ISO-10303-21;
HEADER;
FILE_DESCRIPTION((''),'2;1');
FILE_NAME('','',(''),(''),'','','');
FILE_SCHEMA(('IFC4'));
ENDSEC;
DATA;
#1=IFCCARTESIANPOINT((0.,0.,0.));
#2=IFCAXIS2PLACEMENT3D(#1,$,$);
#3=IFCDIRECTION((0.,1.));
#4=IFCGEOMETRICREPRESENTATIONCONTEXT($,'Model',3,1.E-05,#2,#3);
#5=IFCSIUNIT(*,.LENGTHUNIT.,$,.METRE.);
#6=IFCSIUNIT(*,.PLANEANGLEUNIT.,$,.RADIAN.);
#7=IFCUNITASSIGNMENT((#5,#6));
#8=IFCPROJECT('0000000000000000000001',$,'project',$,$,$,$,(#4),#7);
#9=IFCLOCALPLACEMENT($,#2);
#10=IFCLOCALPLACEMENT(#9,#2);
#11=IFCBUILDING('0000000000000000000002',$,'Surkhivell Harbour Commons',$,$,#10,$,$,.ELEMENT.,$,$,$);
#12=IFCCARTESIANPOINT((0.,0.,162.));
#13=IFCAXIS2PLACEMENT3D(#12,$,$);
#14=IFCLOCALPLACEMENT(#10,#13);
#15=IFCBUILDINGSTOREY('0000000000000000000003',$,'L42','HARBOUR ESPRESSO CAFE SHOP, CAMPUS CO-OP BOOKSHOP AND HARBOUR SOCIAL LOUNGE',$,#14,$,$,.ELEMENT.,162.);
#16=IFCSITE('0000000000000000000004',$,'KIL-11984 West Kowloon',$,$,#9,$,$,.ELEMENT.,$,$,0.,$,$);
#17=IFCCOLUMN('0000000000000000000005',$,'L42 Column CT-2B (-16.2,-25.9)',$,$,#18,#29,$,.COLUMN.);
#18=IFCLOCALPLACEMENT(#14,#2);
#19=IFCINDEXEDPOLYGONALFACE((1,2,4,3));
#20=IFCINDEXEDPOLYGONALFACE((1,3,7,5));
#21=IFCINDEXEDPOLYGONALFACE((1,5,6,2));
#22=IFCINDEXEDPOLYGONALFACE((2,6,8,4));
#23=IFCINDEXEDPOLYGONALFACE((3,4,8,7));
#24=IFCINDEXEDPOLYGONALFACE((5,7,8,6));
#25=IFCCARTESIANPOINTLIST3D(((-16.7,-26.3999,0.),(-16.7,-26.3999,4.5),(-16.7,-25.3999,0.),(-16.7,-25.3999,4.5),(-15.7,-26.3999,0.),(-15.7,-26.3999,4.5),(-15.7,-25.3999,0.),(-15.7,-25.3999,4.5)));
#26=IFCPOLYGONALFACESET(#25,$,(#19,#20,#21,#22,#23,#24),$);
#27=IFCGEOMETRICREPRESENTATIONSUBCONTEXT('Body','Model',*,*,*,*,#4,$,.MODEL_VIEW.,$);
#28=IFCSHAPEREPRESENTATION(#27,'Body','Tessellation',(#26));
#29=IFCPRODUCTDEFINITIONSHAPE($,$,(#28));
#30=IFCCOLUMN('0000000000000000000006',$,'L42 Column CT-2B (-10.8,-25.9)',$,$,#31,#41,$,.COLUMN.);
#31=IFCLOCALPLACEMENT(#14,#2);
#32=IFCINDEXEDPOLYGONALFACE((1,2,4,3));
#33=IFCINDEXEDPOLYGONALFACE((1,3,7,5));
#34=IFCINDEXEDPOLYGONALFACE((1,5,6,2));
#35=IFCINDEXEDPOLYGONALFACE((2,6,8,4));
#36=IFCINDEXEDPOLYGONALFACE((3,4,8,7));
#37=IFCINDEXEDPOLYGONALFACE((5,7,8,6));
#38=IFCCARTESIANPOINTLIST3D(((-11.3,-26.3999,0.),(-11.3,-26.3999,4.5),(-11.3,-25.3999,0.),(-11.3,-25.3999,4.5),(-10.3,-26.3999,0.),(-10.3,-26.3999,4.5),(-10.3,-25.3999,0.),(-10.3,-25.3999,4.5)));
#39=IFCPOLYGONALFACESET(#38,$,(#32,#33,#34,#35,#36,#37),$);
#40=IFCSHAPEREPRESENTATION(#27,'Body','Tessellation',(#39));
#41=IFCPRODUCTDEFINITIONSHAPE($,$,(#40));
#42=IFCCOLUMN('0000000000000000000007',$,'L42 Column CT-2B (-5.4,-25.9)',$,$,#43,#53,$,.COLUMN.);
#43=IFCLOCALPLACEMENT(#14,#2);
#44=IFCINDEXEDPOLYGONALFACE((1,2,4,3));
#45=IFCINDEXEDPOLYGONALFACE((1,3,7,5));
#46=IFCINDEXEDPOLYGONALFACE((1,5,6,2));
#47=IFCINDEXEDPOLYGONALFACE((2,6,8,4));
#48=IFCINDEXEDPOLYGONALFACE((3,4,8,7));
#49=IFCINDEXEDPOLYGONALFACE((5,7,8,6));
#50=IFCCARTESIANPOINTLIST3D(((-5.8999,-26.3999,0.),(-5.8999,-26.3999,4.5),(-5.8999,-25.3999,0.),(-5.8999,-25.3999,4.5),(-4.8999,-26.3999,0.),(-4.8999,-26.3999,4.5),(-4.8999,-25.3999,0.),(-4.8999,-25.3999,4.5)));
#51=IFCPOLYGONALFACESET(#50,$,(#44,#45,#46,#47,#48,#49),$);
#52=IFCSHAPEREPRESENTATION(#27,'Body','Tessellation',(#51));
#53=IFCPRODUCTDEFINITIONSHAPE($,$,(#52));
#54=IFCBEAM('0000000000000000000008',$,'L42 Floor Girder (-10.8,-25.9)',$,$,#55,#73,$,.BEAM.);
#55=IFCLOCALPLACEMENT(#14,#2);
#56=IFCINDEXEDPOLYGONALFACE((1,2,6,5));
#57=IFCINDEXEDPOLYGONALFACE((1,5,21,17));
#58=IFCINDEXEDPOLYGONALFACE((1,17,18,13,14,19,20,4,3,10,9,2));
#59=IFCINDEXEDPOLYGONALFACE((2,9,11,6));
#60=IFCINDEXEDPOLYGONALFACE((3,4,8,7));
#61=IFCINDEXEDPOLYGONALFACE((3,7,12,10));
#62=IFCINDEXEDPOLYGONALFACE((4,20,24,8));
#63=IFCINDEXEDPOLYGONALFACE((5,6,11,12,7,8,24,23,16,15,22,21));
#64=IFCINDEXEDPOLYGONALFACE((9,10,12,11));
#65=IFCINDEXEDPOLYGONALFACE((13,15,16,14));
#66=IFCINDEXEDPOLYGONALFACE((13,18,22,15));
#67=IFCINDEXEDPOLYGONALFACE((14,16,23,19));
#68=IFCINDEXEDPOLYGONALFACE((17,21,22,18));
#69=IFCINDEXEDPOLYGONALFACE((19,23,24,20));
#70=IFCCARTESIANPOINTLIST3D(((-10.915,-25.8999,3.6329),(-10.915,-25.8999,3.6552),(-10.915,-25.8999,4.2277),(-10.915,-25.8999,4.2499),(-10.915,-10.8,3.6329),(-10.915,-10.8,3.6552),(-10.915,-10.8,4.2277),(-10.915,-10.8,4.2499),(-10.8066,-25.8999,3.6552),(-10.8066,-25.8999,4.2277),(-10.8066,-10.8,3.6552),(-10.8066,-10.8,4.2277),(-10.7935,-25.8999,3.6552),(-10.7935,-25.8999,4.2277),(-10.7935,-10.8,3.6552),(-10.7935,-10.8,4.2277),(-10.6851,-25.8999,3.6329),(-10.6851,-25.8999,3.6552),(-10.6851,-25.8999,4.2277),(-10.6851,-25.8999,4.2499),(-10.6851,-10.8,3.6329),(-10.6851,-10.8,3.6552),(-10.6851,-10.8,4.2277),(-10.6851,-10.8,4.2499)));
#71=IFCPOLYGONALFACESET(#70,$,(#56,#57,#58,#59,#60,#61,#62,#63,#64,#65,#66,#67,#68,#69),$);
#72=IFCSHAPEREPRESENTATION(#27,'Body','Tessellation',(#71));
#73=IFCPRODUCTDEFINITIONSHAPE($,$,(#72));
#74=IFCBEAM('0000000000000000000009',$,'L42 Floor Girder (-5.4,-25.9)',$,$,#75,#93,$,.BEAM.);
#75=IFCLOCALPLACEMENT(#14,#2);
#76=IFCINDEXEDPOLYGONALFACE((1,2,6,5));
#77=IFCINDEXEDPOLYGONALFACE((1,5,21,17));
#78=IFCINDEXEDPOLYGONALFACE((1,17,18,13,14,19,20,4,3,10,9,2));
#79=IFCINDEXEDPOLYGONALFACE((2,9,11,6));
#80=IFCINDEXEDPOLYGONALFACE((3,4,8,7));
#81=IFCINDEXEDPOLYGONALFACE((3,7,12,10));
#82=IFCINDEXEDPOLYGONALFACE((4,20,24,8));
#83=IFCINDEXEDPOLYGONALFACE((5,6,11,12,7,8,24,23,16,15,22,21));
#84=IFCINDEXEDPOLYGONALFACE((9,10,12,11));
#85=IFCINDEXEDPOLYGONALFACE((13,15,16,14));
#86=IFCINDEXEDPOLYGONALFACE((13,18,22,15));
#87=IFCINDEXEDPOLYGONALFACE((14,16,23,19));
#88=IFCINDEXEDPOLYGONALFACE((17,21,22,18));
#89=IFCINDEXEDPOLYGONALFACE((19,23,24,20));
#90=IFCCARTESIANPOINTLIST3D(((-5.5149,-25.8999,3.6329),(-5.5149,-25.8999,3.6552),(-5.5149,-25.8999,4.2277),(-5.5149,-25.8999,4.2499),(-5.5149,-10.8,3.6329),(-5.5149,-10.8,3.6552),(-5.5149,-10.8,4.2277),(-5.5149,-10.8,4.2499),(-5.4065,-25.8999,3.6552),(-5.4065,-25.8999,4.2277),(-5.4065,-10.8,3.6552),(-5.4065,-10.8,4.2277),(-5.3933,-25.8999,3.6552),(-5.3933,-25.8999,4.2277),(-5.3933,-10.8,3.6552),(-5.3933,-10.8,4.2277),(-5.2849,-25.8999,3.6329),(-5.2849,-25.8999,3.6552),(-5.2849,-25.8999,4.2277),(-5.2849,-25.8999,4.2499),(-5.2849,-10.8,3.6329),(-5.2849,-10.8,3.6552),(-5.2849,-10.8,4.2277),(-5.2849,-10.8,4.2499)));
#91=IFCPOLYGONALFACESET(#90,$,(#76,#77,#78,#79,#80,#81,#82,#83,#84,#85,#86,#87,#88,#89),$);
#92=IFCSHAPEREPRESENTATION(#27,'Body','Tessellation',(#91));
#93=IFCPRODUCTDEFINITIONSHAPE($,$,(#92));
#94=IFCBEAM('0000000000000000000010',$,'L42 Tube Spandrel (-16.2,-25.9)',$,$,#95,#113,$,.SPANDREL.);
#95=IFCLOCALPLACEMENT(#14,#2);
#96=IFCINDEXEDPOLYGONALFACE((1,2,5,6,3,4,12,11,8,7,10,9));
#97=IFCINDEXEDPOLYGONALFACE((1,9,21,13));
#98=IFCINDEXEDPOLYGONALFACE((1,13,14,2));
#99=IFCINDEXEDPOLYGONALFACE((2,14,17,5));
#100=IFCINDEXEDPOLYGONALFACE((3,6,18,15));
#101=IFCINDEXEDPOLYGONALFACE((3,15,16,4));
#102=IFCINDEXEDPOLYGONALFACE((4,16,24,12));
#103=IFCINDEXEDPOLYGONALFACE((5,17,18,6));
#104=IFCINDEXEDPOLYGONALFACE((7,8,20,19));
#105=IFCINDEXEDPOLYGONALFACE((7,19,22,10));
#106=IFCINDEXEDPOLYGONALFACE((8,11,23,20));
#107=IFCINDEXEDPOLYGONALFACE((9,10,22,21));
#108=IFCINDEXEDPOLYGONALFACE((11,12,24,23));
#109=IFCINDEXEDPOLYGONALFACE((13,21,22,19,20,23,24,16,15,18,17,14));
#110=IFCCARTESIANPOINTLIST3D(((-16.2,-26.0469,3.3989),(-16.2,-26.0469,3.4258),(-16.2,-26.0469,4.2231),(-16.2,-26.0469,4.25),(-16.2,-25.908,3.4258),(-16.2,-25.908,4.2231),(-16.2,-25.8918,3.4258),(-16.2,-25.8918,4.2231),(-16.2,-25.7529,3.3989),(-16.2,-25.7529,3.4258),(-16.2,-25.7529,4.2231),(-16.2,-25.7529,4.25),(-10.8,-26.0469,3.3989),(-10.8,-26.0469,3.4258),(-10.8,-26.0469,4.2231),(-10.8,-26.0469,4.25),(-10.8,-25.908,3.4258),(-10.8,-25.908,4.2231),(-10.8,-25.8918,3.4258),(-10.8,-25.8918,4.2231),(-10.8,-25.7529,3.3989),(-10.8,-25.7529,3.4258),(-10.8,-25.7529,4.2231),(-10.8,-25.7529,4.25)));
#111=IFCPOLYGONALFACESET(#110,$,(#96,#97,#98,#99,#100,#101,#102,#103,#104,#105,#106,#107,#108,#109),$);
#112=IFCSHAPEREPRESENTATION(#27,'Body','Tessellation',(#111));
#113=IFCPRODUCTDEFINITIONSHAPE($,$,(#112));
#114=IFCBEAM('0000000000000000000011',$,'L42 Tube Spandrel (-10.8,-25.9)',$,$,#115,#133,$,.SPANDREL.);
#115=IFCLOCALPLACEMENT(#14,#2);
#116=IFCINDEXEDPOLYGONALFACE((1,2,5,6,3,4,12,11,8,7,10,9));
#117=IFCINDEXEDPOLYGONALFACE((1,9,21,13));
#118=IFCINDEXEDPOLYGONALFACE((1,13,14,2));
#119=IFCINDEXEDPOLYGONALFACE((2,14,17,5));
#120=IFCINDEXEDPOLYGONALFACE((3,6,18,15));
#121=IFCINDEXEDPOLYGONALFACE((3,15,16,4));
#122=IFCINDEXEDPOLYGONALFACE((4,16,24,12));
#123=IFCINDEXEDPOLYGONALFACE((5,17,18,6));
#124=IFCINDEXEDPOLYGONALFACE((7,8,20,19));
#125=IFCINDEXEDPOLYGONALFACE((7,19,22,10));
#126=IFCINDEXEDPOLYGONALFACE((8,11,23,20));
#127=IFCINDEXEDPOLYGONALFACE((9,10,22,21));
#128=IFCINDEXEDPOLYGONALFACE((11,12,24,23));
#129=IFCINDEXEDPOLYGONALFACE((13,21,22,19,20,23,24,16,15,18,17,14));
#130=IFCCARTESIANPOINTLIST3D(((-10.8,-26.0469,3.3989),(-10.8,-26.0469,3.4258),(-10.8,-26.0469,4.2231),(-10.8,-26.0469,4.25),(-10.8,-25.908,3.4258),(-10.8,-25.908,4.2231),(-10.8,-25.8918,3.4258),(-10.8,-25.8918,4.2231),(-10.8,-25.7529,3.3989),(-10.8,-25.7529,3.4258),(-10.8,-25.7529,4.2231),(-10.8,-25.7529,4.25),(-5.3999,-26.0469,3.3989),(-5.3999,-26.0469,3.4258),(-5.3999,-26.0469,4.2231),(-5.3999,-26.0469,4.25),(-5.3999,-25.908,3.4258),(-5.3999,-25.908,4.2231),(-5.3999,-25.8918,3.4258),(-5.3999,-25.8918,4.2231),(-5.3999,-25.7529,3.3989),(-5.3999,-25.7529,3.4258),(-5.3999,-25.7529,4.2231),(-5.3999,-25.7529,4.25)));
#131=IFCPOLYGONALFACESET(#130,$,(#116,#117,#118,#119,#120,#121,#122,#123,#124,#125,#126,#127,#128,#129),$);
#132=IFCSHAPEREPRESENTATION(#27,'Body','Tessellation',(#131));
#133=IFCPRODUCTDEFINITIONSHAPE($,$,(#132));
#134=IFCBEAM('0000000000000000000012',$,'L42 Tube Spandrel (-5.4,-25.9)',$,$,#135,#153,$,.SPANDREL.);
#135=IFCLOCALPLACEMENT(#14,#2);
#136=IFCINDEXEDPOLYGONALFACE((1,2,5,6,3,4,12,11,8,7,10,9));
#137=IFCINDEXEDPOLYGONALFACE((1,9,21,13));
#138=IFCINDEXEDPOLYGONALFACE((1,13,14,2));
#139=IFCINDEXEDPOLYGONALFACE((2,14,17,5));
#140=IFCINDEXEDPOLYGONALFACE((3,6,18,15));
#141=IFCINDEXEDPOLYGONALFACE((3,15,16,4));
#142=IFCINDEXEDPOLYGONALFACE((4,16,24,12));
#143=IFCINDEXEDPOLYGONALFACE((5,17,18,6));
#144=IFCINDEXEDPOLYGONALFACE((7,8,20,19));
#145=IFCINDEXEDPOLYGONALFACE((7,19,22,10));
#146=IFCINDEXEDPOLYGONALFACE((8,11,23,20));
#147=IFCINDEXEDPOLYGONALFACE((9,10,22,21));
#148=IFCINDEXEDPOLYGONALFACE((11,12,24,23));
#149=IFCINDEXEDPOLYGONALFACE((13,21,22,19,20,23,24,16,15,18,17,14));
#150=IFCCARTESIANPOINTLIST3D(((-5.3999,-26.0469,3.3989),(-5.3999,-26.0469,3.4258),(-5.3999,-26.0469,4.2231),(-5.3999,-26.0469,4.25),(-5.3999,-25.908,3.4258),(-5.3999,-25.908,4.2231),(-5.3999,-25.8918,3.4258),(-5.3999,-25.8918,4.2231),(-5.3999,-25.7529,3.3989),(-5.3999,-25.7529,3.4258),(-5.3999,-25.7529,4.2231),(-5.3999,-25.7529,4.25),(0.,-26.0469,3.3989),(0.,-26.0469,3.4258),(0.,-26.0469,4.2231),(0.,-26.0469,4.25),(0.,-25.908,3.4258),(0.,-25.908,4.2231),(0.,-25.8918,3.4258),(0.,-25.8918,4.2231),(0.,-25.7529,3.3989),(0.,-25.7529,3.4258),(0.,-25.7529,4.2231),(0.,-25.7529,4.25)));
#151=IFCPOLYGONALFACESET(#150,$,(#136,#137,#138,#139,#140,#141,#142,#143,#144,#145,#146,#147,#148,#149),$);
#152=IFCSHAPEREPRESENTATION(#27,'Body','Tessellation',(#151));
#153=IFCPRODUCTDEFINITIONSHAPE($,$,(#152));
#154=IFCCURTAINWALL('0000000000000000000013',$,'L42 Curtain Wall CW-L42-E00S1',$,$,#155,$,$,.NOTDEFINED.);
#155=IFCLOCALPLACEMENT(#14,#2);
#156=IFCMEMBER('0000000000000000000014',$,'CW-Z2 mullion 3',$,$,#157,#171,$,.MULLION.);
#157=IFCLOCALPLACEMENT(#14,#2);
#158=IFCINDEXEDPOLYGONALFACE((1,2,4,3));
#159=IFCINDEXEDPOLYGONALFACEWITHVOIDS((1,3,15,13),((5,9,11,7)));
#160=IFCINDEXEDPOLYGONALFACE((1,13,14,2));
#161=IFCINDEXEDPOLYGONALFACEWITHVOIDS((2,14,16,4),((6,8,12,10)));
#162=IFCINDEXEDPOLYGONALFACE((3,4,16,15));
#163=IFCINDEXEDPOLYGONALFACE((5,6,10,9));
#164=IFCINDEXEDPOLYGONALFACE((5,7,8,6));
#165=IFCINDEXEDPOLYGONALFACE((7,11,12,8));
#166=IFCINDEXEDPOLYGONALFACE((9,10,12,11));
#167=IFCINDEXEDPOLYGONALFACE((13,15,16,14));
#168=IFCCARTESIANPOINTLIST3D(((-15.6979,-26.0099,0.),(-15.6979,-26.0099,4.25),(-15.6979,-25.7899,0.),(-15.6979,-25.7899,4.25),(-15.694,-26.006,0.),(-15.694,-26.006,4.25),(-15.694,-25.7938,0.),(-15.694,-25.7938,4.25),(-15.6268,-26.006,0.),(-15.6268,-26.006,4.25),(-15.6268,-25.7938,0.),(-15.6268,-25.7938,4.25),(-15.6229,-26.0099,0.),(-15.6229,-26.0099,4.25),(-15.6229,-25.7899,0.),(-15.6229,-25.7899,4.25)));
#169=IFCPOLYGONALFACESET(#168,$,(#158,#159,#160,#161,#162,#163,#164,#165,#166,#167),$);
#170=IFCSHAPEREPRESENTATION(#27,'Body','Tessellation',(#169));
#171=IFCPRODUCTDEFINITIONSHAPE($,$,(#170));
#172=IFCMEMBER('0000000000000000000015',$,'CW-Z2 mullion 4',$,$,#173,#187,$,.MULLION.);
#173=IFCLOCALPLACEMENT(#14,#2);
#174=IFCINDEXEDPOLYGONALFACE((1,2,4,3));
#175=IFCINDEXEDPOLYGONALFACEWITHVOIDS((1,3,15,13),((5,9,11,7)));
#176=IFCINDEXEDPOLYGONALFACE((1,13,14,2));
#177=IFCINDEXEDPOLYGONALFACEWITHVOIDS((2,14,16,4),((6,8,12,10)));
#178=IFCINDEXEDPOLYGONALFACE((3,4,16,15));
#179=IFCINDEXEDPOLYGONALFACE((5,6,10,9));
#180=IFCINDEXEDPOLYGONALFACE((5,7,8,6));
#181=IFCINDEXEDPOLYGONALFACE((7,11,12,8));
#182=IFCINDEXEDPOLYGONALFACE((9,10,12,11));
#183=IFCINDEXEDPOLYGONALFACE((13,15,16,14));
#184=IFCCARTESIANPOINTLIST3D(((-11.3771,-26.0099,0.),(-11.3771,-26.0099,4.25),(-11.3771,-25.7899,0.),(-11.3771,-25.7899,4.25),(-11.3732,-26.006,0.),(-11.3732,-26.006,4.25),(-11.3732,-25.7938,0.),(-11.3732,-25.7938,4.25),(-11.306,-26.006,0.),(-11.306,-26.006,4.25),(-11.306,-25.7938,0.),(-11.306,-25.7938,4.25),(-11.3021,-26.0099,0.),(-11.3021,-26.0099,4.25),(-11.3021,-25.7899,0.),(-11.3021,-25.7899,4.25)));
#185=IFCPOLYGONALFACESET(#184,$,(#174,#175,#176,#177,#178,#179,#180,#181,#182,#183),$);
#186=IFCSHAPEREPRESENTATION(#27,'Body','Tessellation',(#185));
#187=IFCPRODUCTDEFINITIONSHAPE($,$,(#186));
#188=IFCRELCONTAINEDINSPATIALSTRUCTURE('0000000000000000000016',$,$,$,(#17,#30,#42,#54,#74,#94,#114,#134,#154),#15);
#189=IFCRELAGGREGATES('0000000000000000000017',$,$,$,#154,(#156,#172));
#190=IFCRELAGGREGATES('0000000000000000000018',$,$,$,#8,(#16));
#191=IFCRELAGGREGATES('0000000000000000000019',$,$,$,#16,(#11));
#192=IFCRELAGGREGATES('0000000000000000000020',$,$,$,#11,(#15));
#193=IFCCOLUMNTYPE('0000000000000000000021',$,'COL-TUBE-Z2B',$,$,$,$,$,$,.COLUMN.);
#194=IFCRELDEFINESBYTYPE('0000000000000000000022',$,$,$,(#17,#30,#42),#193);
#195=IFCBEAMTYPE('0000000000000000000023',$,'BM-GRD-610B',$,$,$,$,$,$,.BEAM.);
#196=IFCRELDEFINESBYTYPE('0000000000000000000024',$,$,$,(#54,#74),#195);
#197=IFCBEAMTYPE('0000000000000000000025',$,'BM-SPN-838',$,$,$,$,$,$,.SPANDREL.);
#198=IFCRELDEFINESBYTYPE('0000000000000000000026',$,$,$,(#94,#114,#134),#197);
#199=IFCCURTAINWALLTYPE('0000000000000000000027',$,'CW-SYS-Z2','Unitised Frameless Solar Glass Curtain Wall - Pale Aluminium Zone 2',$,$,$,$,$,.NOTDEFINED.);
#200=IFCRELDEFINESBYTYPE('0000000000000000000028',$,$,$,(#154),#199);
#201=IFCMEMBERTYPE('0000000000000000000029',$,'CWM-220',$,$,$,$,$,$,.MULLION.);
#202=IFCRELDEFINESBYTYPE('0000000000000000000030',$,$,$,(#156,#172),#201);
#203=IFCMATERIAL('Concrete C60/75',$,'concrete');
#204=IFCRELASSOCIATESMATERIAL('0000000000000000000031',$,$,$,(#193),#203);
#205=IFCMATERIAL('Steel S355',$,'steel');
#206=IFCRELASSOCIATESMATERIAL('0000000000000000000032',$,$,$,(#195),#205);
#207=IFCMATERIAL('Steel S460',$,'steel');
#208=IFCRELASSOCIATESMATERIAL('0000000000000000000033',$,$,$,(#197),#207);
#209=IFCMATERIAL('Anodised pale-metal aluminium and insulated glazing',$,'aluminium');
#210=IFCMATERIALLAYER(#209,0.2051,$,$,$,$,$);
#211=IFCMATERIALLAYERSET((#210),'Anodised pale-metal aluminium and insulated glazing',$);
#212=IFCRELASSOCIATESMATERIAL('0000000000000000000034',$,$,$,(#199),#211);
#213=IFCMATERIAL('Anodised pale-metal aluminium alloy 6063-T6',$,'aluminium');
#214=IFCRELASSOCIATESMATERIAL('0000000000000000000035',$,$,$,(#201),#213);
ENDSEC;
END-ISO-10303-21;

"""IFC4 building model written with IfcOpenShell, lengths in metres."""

from ifc_helpers import new_model, si_unit, direction, frame, origin, origin_2d, place, context, subcontext, project, spatial, rectangle, hollow_rectangle, i_section, extrude, material, layer, layer_set, material_profile, profile_set, type_object, element, aggregate, save


model = new_model("IFC4")

# Units and contexts
model_context = context("Model", 3, precision=1e-05, world=origin(), true_north=direction((0.0, 1.0)))
body_context = subcontext(model_context, "Body", "Model", "MODEL_VIEW")
ifc_project = project(units=[si_unit("LENGTHUNIT", "METRE"), si_unit("PLANEANGLEUNIT", "RADIAN")], contexts=[model_context])

# Site, building, storey
site_placement = place(None, origin())
site = spatial("IfcSite", under=ifc_project, at=site_placement, Name="KIL-11984 West Kowloon", CompositionType="ELEMENT", RefElevation=0.0)
building_placement = place(site_placement, origin())
building = spatial("IfcBuilding", under=site, at=building_placement, Name="Surkhivell Harbour Commons", CompositionType="ELEMENT")
storey_placement = place(building_placement, frame((0.0, 0.0, 162.0)))
storey = spatial("IfcBuildingStorey", under=building, at=storey_placement, Name="L42", Description="HARBOUR ESPRESSO CAFE SHOP, CAMPUS CO-OP BOOKSHOP AND HARBOUR SOCIAL LOUNGE", CompositionType="ELEMENT", Elevation=162.0)

# Columns
ifc_material_1 = material(Name="Concrete C60/75", Category="concrete")
ifc_material_profile_1 = material_profile(ifc_material_1, rectangle(XDim=1.0, YDim=1.0, at=origin_2d()), Name="RC-COL-1000x1000")
ifc_profile_set_1 = profile_set([ifc_material_profile_1], Name="Concrete C60/75")
column_type = type_object("IfcColumnType", Name="COL-TUBE-Z2B", PredefinedType="COLUMN", material=ifc_profile_set_1)
for number, where, z_axis, x_axis, name in (
    (1, (-16.2, -25.8999, 0.0), (0.0, 0.0, 1.0), (1.0, 0.0, 0.0), "L42 Column CT-2B (-16.2,-25.9)"),
    (2, (-10.8, -25.8999, 0.0), (0.0, 0.0, 1.0), (1.0, 0.0, 0.0), "L42 Column CT-2B (-10.8,-25.9)"),
    (3, (-5.3999, -25.8999, 0.0), (0.0, 0.0, 1.0), (1.0, 0.0, 0.0), "L42 Column CT-2B (-5.4,-25.9)"),
):
    element("IfcColumn", number, at=place(storey_placement, frame(where, z_axis=z_axis, x_axis=x_axis)), inside=storey, type_object=column_type, Name=name, PredefinedType="COLUMN", context=body_context, shape_type="SweptSolid", body=[
        extrude(rectangle(XDim=1.0, YDim=1.0, at=origin_2d()), origin(), (0.0, 0.0, 1.0), 4.5),
    ])

# Beams
ifc_material_2 = material(Name="Steel S355", Category="steel")
ifc_material_profile_2 = material_profile(ifc_material_2, i_section(OverallWidth=0.23, OverallDepth=0.6169, WebThickness=0.0132, FlangeThickness=0.0222, at=origin_2d()), Name="UB610x229x140")
ifc_profile_set_2 = profile_set([ifc_material_profile_2], Name="Steel S355")
beam_type_1 = type_object("IfcBeamType", Name="BM-GRD-610B", PredefinedType="BEAM", material=ifc_profile_set_2)
for number, where, z_axis, x_axis, name in (
    (4, (-10.8, -25.8999, 3.9414), (0.0, 1.0, 0.0), (-1.0, 0.0, 0.0), "L42 Floor Girder (-10.8,-25.9)"),
    (5, (-5.3999, -25.8999, 3.9414), (0.0, 1.0, 0.0), (-1.0, 0.0, 0.0), "L42 Floor Girder (-5.4,-25.9)"),
):
    element("IfcBeam", number, at=place(storey_placement, frame(where, z_axis=z_axis, x_axis=x_axis)), inside=storey, type_object=beam_type_1, Name=name, PredefinedType="BEAM", context=body_context, shape_type="SweptSolid", body=[
        extrude(i_section(OverallWidth=0.23, OverallDepth=0.6169, WebThickness=0.0132, FlangeThickness=0.0222, at=origin_2d()), origin(), (0.0, 0.0, 1.0), 15.0999),
    ])
ifc_material_3 = material(Name="Steel S460", Category="steel")
ifc_material_profile_3 = material_profile(ifc_material_3, i_section(OverallWidth=0.2939, OverallDepth=0.8511, WebThickness=0.0161, FlangeThickness=0.0269, at=origin_2d()), Name="UB838x292x226")
ifc_profile_set_3 = profile_set([ifc_material_profile_3], Name="Steel S460")
beam_type_2 = type_object("IfcBeamType", Name="BM-SPN-838", PredefinedType="SPANDREL", material=ifc_profile_set_3)
beam_1_placement = place(storey_placement, frame((-16.2, -25.8999, 3.8245), z_axis=(1.0, 0.0, 0.0), x_axis=(0.0, 1.0, 0.0)))
element("IfcBeam", 6, at=beam_1_placement, inside=storey, type_object=beam_type_2, Name="L42 Tube Spandrel (-16.2,-25.9)", PredefinedType="SPANDREL", context=body_context, shape_type="SweptSolid", body=[
    extrude(i_section(OverallWidth=0.2939, OverallDepth=0.8511, WebThickness=0.0161, FlangeThickness=0.0269, at=origin_2d()), origin(), (0.0, 0.0, 1.0), 5.3999),
])
beam_2_placement = place(storey_placement, frame((-10.8, -25.8999, 3.8245), z_axis=(1.0, 0.0, 0.0), x_axis=(0.0, 1.0, 0.0)))
element("IfcBeam", 7, at=beam_2_placement, inside=storey, type_object=beam_type_2, Name="L42 Tube Spandrel (-10.8,-25.9)", PredefinedType="SPANDREL", context=body_context, shape_type="SweptSolid", body=[
    extrude(i_section(OverallWidth=0.2939, OverallDepth=0.8511, WebThickness=0.0161, FlangeThickness=0.0269, at=origin_2d()), origin(), (0.0, 0.0, 1.0), 5.4001),
])
beam_3_placement = place(storey_placement, frame((-5.3999, -25.8999, 3.8245), z_axis=(1.0, 0.0, 0.0), x_axis=(0.0, 1.0, 0.0)))
element("IfcBeam", 8, at=beam_3_placement, inside=storey, type_object=beam_type_2, Name="L42 Tube Spandrel (-5.4,-25.9)", PredefinedType="SPANDREL", context=body_context, shape_type="SweptSolid", body=[
    extrude(i_section(OverallWidth=0.2939, OverallDepth=0.8511, WebThickness=0.0161, FlangeThickness=0.0269, at=origin_2d()), origin(), (0.0, 0.0, 1.0), 5.3999),
])

# Curtain wall, members
ifc_material_4 = material(Name="Anodised pale-metal aluminium and insulated glazing", Category="aluminium")
ifc_layer_1 = layer(ifc_material_4, 0.2051)
ifc_layer_set_1 = layer_set([ifc_layer_1], Name="Anodised pale-metal aluminium and insulated glazing")
curtain_wall_type = type_object("IfcCurtainWallType", Name="CW-SYS-Z2", Description="Unitised Frameless Solar Glass Curtain Wall - Pale Aluminium Zone 2", PredefinedType="NOTDEFINED", material=ifc_layer_set_1)
curtain_wall_1_placement = place(storey_placement, origin())
curtain_wall_1 = element("IfcCurtainWall", 9, at=curtain_wall_1_placement, inside=storey, type_object=curtain_wall_type, Name="L42 Curtain Wall CW-L42-E00S1", PredefinedType="NOTDEFINED")
ifc_material_5 = material(Name="Anodised pale-metal aluminium alloy 6063-T6", Category="aluminium")
ifc_material_profile_4 = material_profile(ifc_material_5, hollow_rectangle(XDim=0.075, YDim=0.22, WallThickness=0.0039, at=origin_2d()), Name="ALU-MULL-75x220")
ifc_profile_set_4 = profile_set([ifc_material_profile_4], Name="Anodised pale-metal aluminium alloy 6063-T6")
member_type_1 = type_object("IfcMemberType", Name="CWM-220", PredefinedType="MULLION", material=ifc_profile_set_4)
member_1_placement = place(storey_placement, frame((-15.6604, -25.8999, 0.0), z_axis=(0.0, 0.0, 1.0), x_axis=(1.0, 0.0, 0.0)))
member_1 = element("IfcMember", 10, at=member_1_placement, type_object=member_type_1, Name="CW-Z2 mullion 3", PredefinedType="MULLION", context=body_context, shape_type="SweptSolid", body=[
    extrude(hollow_rectangle(XDim=0.075, YDim=0.22, WallThickness=0.0039, at=origin_2d()), origin(), (0.0, 0.0, 1.0), 4.25),
])
member_2_placement = place(storey_placement, frame((-11.3396, -25.8999, 0.0), z_axis=(0.0, 0.0, 1.0), x_axis=(1.0, 0.0, 0.0)))
member_2 = element("IfcMember", 11, at=member_2_placement, type_object=member_type_1, Name="CW-Z2 mullion 4", PredefinedType="MULLION", context=body_context, shape_type="SweptSolid", body=[
    extrude(hollow_rectangle(XDim=0.075, YDim=0.22, WallThickness=0.0039, at=origin_2d()), origin(), (0.0, 0.0, 1.0), 4.25),
])

aggregate(curtain_wall_1, [member_1, member_2])

save(model, "model.ifc")
